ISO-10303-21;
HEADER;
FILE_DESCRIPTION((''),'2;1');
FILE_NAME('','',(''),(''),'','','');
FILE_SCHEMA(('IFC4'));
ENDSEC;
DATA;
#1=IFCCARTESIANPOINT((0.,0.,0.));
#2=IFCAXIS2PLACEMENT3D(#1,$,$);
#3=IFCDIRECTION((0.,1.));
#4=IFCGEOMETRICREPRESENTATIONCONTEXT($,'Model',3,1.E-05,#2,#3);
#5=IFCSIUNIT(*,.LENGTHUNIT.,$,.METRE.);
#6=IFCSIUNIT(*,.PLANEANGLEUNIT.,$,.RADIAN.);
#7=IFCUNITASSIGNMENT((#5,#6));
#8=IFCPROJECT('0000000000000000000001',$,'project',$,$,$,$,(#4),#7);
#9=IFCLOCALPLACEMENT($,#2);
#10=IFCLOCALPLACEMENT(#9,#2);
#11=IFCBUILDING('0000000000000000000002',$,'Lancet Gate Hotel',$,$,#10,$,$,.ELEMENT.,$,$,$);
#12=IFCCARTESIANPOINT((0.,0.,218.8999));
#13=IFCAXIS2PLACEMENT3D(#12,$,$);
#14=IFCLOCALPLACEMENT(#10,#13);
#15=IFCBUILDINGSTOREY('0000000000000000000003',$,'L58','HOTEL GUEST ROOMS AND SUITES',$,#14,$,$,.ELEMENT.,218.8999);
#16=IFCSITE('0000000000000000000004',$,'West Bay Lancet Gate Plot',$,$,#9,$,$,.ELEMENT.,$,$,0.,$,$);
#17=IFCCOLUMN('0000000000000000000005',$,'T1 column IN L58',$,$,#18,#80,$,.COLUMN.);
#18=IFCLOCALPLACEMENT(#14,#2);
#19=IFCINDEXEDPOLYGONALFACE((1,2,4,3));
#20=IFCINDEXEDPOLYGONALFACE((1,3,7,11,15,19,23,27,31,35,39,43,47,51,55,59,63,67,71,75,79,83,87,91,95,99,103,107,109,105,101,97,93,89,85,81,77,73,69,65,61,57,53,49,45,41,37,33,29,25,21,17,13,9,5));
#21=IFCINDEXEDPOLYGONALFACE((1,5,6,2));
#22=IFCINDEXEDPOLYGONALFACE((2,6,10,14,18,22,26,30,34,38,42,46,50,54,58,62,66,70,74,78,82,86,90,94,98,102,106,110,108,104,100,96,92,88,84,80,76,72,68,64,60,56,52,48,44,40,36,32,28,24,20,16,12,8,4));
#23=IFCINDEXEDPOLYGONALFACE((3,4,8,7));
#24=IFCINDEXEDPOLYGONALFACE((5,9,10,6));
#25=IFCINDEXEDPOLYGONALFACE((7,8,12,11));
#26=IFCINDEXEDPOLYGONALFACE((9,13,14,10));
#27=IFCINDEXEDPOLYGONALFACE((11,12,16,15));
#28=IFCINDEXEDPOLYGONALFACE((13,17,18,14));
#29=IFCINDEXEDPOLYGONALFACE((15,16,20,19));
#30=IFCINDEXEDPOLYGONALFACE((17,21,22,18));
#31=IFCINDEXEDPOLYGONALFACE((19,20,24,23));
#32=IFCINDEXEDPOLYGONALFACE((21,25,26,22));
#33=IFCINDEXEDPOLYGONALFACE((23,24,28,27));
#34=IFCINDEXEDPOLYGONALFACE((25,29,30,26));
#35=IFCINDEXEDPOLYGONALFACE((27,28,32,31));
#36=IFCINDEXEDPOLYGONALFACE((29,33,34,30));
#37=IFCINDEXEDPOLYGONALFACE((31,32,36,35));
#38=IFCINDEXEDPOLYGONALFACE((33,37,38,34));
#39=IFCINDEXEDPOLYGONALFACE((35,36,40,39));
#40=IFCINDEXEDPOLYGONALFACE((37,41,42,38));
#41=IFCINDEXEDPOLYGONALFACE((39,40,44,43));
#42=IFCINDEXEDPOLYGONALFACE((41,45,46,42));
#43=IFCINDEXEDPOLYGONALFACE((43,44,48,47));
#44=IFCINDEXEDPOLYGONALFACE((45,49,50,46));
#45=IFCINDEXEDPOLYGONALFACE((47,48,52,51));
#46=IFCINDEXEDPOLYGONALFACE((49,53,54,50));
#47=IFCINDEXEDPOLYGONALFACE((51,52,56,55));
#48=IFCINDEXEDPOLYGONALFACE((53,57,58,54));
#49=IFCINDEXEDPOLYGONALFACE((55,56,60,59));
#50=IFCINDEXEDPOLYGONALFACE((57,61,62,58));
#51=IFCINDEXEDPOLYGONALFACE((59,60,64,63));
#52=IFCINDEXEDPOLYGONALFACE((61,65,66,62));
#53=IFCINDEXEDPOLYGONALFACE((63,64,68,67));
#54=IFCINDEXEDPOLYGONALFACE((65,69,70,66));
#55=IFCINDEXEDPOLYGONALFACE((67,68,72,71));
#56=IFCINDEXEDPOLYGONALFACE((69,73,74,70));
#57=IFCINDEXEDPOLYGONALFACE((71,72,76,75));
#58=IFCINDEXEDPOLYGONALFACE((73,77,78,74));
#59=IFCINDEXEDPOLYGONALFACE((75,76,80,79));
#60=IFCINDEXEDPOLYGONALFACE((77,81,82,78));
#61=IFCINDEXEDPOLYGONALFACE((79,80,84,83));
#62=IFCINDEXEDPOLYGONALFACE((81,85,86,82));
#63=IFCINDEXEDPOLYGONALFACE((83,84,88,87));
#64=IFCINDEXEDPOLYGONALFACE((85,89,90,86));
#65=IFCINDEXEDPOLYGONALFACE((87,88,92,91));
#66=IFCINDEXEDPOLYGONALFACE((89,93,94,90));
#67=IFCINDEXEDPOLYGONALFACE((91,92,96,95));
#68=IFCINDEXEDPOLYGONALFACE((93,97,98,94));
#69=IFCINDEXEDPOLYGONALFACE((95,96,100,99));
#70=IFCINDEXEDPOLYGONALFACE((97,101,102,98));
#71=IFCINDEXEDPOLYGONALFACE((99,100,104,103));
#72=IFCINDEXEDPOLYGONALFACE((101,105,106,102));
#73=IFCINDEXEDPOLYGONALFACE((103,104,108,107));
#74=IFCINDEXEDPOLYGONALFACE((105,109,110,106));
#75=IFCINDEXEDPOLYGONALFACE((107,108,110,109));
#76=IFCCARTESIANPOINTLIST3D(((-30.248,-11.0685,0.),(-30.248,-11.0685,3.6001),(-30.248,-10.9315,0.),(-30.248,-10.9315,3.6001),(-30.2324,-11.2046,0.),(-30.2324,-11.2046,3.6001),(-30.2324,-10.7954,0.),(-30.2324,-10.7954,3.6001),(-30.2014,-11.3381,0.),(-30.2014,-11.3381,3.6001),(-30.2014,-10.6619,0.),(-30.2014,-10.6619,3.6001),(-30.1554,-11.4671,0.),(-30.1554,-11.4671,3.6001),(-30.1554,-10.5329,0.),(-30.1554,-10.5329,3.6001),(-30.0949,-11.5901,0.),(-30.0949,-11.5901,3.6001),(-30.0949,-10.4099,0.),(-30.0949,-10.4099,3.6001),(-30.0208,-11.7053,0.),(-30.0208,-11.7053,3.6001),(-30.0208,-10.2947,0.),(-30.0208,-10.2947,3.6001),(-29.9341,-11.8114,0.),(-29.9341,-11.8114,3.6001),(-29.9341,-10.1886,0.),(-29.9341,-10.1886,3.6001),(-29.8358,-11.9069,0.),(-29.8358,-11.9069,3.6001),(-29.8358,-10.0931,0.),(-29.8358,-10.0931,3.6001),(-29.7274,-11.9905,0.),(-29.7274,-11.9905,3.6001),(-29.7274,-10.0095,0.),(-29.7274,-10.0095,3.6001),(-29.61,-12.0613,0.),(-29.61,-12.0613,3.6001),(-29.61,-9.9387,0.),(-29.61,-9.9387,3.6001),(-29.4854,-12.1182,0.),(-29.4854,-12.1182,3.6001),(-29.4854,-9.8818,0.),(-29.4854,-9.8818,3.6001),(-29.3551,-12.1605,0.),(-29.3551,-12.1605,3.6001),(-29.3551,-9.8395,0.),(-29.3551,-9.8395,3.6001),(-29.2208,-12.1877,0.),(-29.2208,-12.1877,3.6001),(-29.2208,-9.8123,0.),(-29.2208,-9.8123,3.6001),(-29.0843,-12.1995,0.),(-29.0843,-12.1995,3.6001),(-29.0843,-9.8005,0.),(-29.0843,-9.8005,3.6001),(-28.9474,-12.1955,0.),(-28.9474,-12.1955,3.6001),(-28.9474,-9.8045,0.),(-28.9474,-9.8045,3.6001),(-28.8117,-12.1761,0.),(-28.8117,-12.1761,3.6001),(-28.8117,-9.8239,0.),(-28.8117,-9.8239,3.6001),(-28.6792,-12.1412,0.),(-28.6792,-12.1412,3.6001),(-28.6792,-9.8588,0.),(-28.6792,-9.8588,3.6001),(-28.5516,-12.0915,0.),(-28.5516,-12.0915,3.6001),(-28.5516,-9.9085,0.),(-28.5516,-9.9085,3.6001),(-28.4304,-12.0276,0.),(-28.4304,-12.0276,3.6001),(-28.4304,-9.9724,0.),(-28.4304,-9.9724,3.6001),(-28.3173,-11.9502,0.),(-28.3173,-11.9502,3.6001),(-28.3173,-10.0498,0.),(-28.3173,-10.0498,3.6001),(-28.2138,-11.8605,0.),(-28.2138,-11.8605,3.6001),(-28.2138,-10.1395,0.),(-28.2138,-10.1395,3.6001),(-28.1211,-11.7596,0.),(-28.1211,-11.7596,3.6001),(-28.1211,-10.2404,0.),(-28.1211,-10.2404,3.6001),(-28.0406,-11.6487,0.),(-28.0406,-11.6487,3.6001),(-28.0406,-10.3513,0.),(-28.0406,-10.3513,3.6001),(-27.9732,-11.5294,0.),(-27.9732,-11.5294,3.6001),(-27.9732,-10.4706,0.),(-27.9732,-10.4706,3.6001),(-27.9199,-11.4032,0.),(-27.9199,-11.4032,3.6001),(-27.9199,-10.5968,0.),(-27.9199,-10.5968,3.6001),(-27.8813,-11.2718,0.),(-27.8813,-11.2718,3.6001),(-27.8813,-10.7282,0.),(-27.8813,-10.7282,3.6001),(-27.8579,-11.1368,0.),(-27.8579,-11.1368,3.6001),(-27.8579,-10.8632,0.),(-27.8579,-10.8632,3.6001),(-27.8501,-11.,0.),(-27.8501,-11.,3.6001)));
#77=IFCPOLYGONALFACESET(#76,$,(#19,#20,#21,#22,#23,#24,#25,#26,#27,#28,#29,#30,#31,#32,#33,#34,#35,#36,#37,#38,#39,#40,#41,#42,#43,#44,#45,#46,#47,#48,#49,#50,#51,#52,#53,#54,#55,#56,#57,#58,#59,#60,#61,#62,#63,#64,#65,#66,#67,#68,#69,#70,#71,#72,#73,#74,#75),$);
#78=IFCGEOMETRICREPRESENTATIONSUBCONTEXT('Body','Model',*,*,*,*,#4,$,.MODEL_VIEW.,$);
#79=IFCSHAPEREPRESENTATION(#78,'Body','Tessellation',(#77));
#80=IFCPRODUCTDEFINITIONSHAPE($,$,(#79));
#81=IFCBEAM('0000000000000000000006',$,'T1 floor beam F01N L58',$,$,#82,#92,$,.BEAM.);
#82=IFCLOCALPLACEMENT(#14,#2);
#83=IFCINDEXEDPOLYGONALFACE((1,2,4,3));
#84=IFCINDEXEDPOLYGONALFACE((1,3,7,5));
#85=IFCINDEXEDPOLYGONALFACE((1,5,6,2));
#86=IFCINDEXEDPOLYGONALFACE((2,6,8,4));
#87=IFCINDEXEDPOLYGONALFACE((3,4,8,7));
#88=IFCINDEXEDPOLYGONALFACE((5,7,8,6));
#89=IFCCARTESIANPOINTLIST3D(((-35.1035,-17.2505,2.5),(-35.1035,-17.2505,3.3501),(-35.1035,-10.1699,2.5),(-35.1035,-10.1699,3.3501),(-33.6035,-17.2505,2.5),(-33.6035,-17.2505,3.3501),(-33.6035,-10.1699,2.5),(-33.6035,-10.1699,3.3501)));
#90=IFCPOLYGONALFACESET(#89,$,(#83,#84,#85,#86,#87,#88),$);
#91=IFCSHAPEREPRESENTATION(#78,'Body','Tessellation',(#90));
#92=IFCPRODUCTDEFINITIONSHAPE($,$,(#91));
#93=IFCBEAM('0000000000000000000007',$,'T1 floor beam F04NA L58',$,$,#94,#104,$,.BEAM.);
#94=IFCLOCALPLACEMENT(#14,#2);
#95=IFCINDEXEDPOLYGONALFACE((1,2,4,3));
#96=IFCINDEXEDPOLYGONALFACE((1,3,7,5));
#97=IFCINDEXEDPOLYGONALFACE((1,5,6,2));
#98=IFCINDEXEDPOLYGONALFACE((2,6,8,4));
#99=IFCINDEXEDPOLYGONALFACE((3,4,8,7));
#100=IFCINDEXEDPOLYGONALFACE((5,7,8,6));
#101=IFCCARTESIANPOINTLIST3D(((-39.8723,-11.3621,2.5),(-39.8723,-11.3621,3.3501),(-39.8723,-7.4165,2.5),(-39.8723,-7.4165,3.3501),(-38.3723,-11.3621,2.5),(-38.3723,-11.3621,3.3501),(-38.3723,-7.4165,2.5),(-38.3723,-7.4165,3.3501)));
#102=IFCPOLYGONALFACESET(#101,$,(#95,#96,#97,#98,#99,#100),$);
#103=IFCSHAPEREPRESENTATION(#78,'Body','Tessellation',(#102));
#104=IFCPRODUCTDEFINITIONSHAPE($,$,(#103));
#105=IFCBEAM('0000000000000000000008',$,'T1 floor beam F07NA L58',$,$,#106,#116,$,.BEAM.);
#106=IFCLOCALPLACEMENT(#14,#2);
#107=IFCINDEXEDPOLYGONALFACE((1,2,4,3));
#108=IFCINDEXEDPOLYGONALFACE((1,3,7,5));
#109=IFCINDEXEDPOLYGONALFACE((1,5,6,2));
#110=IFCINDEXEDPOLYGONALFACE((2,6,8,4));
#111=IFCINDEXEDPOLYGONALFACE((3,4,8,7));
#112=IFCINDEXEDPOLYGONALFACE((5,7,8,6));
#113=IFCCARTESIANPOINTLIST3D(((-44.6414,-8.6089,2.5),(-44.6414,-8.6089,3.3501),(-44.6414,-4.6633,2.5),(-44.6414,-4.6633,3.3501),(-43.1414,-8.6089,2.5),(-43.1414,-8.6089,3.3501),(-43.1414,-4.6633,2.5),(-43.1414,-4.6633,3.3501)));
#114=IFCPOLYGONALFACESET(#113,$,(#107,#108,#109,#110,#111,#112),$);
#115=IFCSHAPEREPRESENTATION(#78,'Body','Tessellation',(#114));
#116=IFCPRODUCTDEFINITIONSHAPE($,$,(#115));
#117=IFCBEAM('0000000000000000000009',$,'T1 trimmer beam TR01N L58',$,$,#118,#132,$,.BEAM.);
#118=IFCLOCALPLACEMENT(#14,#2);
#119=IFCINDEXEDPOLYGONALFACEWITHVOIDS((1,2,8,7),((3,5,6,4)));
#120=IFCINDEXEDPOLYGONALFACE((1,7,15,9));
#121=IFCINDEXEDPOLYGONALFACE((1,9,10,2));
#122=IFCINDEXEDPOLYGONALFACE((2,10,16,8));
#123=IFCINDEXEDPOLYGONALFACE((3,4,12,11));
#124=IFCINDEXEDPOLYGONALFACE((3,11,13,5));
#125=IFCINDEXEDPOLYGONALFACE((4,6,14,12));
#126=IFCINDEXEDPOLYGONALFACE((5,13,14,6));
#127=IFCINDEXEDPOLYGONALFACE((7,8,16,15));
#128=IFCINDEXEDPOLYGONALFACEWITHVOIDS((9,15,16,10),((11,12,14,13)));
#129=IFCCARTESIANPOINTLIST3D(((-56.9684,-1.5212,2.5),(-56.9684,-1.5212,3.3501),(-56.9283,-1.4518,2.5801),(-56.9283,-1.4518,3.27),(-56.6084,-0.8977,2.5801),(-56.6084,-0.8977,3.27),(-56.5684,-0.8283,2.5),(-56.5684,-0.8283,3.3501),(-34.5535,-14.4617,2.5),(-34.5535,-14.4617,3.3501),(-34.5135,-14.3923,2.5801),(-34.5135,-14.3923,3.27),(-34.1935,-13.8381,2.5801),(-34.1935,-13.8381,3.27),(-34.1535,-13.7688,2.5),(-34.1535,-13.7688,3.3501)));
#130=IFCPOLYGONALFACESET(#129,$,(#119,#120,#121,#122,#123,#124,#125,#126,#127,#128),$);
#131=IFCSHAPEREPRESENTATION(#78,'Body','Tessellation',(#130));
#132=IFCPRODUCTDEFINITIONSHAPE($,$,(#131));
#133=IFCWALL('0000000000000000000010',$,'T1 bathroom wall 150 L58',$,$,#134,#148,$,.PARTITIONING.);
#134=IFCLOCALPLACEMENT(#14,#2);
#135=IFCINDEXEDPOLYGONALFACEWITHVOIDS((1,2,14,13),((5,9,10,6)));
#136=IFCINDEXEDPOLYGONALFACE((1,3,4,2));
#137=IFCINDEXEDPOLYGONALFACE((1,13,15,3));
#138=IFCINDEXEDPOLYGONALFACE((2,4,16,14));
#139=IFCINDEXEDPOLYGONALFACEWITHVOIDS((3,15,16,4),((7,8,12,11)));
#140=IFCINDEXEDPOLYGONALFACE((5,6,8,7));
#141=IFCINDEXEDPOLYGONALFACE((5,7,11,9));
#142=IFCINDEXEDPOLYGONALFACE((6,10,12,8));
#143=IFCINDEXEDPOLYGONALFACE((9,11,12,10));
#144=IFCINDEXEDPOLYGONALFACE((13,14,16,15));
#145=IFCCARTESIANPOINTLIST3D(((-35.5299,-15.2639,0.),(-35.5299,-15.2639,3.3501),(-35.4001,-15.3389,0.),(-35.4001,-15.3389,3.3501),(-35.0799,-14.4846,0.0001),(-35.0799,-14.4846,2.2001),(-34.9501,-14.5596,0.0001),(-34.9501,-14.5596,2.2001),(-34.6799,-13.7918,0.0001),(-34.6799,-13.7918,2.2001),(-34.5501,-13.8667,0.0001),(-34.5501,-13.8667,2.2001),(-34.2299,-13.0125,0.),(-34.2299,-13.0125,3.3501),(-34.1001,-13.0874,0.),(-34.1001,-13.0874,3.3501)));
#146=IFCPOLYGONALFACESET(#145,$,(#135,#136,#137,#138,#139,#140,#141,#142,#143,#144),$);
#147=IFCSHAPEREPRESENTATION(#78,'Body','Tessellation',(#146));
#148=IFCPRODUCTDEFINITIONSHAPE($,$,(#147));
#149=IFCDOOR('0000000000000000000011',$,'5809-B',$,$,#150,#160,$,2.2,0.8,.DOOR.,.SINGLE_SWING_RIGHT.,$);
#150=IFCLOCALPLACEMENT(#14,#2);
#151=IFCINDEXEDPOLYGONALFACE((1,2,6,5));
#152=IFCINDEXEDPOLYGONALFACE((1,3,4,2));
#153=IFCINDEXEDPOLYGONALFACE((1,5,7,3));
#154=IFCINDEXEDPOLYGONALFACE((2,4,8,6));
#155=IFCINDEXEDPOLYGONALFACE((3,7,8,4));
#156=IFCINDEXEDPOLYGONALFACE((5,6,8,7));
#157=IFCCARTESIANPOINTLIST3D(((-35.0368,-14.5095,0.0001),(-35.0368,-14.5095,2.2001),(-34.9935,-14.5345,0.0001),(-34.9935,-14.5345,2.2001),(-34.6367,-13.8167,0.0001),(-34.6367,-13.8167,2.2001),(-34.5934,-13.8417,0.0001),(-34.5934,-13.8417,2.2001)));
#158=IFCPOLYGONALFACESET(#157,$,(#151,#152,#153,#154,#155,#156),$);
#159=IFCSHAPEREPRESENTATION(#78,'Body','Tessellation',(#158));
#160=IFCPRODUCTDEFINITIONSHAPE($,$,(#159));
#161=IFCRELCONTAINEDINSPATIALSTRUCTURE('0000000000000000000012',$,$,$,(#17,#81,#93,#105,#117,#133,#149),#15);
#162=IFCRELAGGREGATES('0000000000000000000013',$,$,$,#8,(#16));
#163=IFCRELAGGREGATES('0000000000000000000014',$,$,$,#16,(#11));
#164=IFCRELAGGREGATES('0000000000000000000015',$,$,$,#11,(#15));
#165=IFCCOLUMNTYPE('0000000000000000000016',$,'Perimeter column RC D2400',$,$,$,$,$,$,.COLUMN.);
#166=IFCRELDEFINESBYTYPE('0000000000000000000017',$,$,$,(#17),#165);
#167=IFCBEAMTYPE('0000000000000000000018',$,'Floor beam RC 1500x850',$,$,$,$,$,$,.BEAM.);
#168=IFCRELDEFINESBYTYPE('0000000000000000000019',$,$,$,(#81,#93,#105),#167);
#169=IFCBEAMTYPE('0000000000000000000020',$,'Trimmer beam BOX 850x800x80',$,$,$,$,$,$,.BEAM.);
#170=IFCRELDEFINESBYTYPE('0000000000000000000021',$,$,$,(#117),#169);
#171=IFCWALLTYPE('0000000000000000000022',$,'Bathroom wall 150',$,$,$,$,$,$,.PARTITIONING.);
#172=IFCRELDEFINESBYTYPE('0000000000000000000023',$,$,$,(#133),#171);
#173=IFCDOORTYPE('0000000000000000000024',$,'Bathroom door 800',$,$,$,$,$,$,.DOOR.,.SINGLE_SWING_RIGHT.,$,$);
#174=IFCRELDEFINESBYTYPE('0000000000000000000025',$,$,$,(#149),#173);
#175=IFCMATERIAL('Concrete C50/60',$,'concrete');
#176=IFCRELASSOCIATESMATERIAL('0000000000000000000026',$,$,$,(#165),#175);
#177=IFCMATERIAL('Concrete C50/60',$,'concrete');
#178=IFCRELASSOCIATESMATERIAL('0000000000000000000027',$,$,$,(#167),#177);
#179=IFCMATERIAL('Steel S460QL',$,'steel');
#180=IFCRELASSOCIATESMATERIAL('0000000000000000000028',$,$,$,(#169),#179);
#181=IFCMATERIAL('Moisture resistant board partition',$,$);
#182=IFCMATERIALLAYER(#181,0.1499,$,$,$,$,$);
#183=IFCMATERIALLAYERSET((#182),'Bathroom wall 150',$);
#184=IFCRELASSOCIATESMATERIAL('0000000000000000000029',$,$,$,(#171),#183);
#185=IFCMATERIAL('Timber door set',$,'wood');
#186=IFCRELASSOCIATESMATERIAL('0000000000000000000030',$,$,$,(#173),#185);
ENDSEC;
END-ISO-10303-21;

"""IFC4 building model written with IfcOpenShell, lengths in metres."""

from ifc_helpers import new_model, si_unit, direction, frame, frame_2d, origin, origin_2d, place, context, subcontext, project, spatial, rectangle, hollow_rectangle, circle, extrude, material, layer, layer_set, material_profile, profile_set, type_object, element, fill, save


model = new_model("IFC4")

# Units and contexts
model_context = context("Model", 3, precision=1e-05, world=origin(), true_north=direction((0.0, 1.0)))
body_context = subcontext(model_context, "Body", "Model", "MODEL_VIEW")
ifc_project = project(units=[si_unit("LENGTHUNIT", "METRE"), si_unit("PLANEANGLEUNIT", "RADIAN")], contexts=[model_context])

# Site, building, storey
site_placement = place(None, origin())
site = spatial("IfcSite", under=ifc_project, at=site_placement, Name="West Bay Lancet Gate Plot", CompositionType="ELEMENT", RefElevation=0.0)
building_placement = place(site_placement, origin())
building = spatial("IfcBuilding", under=site, at=building_placement, Name="Lancet Gate Hotel", CompositionType="ELEMENT")
storey_placement = place(building_placement, frame((0.0, 0.0, 218.8999)))
storey = spatial("IfcBuildingStorey", under=building, at=storey_placement, Name="L58", Description="HOTEL GUEST ROOMS AND SUITES", CompositionType="ELEMENT", Elevation=218.8999)

# Column
ifc_material_1 = material(Name="Concrete C50/60", Category="concrete")
ifc_material_profile_1 = material_profile(ifc_material_1, circle(Radius=1.2, at=origin_2d()), Name="RC D2400")
ifc_profile_set_1 = profile_set([ifc_material_profile_1], Name="Concrete C50/60")
column_type = type_object("IfcColumnType", Name="Perimeter column RC D2400", PredefinedType="COLUMN", material=ifc_profile_set_1)
column_placement = place(storey_placement, frame((-29.05, -11.0, 0.0), z_axis=(0.0, 0.0, 1.0), x_axis=(1.0, 0.0, 0.0)))
element("IfcColumn", 1, at=column_placement, inside=storey, type_object=column_type, Name="T1 column IN L58", PredefinedType="COLUMN", context=body_context, shape_type="SweptSolid", body=[
    extrude(circle(Radius=1.2, at=origin_2d()), origin(), (0.0, 0.0, 1.0), 3.6001),
])

# Beams
ifc_material_2 = material(Name="Concrete C50/60", Category="concrete")
ifc_material_profile_2 = material_profile(ifc_material_2, rectangle(XDim=1.5, YDim=0.8501, at=origin_2d()), Name="RC 1500x850")
ifc_profile_set_2 = profile_set([ifc_material_profile_2], Name="Concrete C50/60")
beam_type_1 = type_object("IfcBeamType", Name="Floor beam RC 1500x850", PredefinedType="BEAM", material=ifc_profile_set_2)
beam_1_placement = place(storey_placement, frame((-34.3535, -10.1699, 2.925), z_axis=(0.0, -1.0, 0.0), x_axis=(1.0, 0.0, 0.0)))
element("IfcBeam", 2, at=beam_1_placement, inside=storey, type_object=beam_type_1, Name="T1 floor beam F01N L58", PredefinedType="BEAM", context=body_context, shape_type="SweptSolid", body=[
    extrude(rectangle(XDim=1.5, YDim=0.8501, at=origin_2d()), origin(), (0.0, 0.0, 1.0), 7.0806),
])
for number, where, z_axis, x_axis, name in (
    (3, (-39.1223, -7.4165, 2.925), (0.0, -1.0, 0.0), (1.0, 0.0, 0.0), "T1 floor beam F04NA L58"),
    (4, (-43.8914, -4.6633, 2.925), (0.0, -1.0, 0.0), (1.0, 0.0, 0.0), "T1 floor beam F07NA L58"),
):
    element("IfcBeam", number, at=place(storey_placement, frame(where, z_axis=z_axis, x_axis=x_axis)), inside=storey, type_object=beam_type_1, Name=name, PredefinedType="BEAM", context=body_context, shape_type="SweptSolid", body=[
        extrude(rectangle(XDim=1.5, YDim=0.8501, at=origin_2d()), origin(), (0.0, 0.0, 1.0), 3.9456),
    ])
ifc_material_3 = material(Name="Steel S460QL", Category="steel")
ifc_material_profile_3 = material_profile(ifc_material_3, hollow_rectangle(XDim=0.8, YDim=0.8501, WallThickness=0.0801, at=origin_2d()), Name="BOX 850x800x80")
ifc_profile_set_3 = profile_set([ifc_material_profile_3], Name="Steel S460QL")
beam_type_2 = type_object("IfcBeamType", Name="Trimmer beam BOX 850x800x80", PredefinedType="BEAM", material=ifc_profile_set_3)
beam_2_placement = place(storey_placement, frame((-34.3535, -14.1152, 2.925), z_axis=(-0.866038, 0.499978, 0.0), x_axis=(-0.499978, -0.866038, 0.0)))
element("IfcBeam", 5, at=beam_2_placement, inside=storey, type_object=beam_type_2, Name="T1 trimmer beam TR01N L58", PredefinedType="BEAM", context=body_context, shape_type="SweptSolid", body=[
    extrude(hollow_rectangle(XDim=0.8, YDim=0.8501, WallThickness=0.0801, at=origin_2d()), origin(), (0.0, 0.0, 1.0), 25.8821),
])

# Wall, opening, door
ifc_material_4 = material(Name="Moisture resistant board partition")
ifc_layer_1 = layer(ifc_material_4, 0.1499)
ifc_layer_set_1 = layer_set([ifc_layer_1], Name="Bathroom wall 150")
wall_type_1 = type_object("IfcWallType", Name="Bathroom wall 150", PredefinedType="PARTITIONING", material=ifc_layer_set_1)
wall_1_placement = place(storey_placement, frame((-34.165, -13.05, 0.0), z_axis=(0.0, 0.0, 1.0), x_axis=(-0.500048, -0.865998, 0.0)))
wall_1 = element("IfcWall", 6, at=wall_1_placement, inside=storey, type_object=wall_type_1, Name="T1 bathroom wall 150 L58", PredefinedType="PARTITIONING", context=body_context, shape_type="SweptSolid", body=[
    extrude(rectangle(XDim=2.5999, YDim=0.1499, at=frame_2d((1.2998, 0.0))), origin(), (0.0, 0.0, 1.0), 3.3501),
])
opening_1_placement = place(wall_1_placement, frame((0.8999, 0.0, 0.0)))
opening_1 = element("IfcOpeningElement", 7, at=opening_1_placement, cuts=wall_1, PredefinedType="OPENING", context=body_context, shape_type="SweptSolid", body=[
    extrude(rectangle(XDim=0.8, YDim=2.2, at=frame_2d((0.3999, 1.1001))), frame((0.0, 0.085, 0.0), z_axis=(0.0, -1.0, 0.0), x_axis=(1.0, 0.0, 0.0)), (0.0, 0.0, 1.0), 0.1699),
])
ifc_material_5 = material(Name="Timber door set", Category="wood")
door_type_1 = type_object("IfcDoorType", Name="Bathroom door 800", OperationType="SINGLE_SWING_RIGHT", PredefinedType="DOOR", material=ifc_material_5)
door_1_placement = place(opening_1_placement, origin())
door_1 = element("IfcDoor", 8, at=door_1_placement, inside=storey, type_object=door_type_1, Name="5809-B", OperationType="SINGLE_SWING_RIGHT", OverallHeight=2.2, OverallWidth=0.8, PredefinedType="DOOR", context=body_context, shape_type="SweptSolid", body=[
    extrude(rectangle(XDim=0.8, YDim=2.2, at=frame_2d((0.3999, 1.1001))), frame((0.0, 0.0249, 0.0), z_axis=(0.0, -1.0, 0.0), x_axis=(1.0, 0.0, 0.0)), (0.0, 0.0, 1.0), 0.05),
])
fill(opening_1, door_1)

save(model, "model.ifc")
